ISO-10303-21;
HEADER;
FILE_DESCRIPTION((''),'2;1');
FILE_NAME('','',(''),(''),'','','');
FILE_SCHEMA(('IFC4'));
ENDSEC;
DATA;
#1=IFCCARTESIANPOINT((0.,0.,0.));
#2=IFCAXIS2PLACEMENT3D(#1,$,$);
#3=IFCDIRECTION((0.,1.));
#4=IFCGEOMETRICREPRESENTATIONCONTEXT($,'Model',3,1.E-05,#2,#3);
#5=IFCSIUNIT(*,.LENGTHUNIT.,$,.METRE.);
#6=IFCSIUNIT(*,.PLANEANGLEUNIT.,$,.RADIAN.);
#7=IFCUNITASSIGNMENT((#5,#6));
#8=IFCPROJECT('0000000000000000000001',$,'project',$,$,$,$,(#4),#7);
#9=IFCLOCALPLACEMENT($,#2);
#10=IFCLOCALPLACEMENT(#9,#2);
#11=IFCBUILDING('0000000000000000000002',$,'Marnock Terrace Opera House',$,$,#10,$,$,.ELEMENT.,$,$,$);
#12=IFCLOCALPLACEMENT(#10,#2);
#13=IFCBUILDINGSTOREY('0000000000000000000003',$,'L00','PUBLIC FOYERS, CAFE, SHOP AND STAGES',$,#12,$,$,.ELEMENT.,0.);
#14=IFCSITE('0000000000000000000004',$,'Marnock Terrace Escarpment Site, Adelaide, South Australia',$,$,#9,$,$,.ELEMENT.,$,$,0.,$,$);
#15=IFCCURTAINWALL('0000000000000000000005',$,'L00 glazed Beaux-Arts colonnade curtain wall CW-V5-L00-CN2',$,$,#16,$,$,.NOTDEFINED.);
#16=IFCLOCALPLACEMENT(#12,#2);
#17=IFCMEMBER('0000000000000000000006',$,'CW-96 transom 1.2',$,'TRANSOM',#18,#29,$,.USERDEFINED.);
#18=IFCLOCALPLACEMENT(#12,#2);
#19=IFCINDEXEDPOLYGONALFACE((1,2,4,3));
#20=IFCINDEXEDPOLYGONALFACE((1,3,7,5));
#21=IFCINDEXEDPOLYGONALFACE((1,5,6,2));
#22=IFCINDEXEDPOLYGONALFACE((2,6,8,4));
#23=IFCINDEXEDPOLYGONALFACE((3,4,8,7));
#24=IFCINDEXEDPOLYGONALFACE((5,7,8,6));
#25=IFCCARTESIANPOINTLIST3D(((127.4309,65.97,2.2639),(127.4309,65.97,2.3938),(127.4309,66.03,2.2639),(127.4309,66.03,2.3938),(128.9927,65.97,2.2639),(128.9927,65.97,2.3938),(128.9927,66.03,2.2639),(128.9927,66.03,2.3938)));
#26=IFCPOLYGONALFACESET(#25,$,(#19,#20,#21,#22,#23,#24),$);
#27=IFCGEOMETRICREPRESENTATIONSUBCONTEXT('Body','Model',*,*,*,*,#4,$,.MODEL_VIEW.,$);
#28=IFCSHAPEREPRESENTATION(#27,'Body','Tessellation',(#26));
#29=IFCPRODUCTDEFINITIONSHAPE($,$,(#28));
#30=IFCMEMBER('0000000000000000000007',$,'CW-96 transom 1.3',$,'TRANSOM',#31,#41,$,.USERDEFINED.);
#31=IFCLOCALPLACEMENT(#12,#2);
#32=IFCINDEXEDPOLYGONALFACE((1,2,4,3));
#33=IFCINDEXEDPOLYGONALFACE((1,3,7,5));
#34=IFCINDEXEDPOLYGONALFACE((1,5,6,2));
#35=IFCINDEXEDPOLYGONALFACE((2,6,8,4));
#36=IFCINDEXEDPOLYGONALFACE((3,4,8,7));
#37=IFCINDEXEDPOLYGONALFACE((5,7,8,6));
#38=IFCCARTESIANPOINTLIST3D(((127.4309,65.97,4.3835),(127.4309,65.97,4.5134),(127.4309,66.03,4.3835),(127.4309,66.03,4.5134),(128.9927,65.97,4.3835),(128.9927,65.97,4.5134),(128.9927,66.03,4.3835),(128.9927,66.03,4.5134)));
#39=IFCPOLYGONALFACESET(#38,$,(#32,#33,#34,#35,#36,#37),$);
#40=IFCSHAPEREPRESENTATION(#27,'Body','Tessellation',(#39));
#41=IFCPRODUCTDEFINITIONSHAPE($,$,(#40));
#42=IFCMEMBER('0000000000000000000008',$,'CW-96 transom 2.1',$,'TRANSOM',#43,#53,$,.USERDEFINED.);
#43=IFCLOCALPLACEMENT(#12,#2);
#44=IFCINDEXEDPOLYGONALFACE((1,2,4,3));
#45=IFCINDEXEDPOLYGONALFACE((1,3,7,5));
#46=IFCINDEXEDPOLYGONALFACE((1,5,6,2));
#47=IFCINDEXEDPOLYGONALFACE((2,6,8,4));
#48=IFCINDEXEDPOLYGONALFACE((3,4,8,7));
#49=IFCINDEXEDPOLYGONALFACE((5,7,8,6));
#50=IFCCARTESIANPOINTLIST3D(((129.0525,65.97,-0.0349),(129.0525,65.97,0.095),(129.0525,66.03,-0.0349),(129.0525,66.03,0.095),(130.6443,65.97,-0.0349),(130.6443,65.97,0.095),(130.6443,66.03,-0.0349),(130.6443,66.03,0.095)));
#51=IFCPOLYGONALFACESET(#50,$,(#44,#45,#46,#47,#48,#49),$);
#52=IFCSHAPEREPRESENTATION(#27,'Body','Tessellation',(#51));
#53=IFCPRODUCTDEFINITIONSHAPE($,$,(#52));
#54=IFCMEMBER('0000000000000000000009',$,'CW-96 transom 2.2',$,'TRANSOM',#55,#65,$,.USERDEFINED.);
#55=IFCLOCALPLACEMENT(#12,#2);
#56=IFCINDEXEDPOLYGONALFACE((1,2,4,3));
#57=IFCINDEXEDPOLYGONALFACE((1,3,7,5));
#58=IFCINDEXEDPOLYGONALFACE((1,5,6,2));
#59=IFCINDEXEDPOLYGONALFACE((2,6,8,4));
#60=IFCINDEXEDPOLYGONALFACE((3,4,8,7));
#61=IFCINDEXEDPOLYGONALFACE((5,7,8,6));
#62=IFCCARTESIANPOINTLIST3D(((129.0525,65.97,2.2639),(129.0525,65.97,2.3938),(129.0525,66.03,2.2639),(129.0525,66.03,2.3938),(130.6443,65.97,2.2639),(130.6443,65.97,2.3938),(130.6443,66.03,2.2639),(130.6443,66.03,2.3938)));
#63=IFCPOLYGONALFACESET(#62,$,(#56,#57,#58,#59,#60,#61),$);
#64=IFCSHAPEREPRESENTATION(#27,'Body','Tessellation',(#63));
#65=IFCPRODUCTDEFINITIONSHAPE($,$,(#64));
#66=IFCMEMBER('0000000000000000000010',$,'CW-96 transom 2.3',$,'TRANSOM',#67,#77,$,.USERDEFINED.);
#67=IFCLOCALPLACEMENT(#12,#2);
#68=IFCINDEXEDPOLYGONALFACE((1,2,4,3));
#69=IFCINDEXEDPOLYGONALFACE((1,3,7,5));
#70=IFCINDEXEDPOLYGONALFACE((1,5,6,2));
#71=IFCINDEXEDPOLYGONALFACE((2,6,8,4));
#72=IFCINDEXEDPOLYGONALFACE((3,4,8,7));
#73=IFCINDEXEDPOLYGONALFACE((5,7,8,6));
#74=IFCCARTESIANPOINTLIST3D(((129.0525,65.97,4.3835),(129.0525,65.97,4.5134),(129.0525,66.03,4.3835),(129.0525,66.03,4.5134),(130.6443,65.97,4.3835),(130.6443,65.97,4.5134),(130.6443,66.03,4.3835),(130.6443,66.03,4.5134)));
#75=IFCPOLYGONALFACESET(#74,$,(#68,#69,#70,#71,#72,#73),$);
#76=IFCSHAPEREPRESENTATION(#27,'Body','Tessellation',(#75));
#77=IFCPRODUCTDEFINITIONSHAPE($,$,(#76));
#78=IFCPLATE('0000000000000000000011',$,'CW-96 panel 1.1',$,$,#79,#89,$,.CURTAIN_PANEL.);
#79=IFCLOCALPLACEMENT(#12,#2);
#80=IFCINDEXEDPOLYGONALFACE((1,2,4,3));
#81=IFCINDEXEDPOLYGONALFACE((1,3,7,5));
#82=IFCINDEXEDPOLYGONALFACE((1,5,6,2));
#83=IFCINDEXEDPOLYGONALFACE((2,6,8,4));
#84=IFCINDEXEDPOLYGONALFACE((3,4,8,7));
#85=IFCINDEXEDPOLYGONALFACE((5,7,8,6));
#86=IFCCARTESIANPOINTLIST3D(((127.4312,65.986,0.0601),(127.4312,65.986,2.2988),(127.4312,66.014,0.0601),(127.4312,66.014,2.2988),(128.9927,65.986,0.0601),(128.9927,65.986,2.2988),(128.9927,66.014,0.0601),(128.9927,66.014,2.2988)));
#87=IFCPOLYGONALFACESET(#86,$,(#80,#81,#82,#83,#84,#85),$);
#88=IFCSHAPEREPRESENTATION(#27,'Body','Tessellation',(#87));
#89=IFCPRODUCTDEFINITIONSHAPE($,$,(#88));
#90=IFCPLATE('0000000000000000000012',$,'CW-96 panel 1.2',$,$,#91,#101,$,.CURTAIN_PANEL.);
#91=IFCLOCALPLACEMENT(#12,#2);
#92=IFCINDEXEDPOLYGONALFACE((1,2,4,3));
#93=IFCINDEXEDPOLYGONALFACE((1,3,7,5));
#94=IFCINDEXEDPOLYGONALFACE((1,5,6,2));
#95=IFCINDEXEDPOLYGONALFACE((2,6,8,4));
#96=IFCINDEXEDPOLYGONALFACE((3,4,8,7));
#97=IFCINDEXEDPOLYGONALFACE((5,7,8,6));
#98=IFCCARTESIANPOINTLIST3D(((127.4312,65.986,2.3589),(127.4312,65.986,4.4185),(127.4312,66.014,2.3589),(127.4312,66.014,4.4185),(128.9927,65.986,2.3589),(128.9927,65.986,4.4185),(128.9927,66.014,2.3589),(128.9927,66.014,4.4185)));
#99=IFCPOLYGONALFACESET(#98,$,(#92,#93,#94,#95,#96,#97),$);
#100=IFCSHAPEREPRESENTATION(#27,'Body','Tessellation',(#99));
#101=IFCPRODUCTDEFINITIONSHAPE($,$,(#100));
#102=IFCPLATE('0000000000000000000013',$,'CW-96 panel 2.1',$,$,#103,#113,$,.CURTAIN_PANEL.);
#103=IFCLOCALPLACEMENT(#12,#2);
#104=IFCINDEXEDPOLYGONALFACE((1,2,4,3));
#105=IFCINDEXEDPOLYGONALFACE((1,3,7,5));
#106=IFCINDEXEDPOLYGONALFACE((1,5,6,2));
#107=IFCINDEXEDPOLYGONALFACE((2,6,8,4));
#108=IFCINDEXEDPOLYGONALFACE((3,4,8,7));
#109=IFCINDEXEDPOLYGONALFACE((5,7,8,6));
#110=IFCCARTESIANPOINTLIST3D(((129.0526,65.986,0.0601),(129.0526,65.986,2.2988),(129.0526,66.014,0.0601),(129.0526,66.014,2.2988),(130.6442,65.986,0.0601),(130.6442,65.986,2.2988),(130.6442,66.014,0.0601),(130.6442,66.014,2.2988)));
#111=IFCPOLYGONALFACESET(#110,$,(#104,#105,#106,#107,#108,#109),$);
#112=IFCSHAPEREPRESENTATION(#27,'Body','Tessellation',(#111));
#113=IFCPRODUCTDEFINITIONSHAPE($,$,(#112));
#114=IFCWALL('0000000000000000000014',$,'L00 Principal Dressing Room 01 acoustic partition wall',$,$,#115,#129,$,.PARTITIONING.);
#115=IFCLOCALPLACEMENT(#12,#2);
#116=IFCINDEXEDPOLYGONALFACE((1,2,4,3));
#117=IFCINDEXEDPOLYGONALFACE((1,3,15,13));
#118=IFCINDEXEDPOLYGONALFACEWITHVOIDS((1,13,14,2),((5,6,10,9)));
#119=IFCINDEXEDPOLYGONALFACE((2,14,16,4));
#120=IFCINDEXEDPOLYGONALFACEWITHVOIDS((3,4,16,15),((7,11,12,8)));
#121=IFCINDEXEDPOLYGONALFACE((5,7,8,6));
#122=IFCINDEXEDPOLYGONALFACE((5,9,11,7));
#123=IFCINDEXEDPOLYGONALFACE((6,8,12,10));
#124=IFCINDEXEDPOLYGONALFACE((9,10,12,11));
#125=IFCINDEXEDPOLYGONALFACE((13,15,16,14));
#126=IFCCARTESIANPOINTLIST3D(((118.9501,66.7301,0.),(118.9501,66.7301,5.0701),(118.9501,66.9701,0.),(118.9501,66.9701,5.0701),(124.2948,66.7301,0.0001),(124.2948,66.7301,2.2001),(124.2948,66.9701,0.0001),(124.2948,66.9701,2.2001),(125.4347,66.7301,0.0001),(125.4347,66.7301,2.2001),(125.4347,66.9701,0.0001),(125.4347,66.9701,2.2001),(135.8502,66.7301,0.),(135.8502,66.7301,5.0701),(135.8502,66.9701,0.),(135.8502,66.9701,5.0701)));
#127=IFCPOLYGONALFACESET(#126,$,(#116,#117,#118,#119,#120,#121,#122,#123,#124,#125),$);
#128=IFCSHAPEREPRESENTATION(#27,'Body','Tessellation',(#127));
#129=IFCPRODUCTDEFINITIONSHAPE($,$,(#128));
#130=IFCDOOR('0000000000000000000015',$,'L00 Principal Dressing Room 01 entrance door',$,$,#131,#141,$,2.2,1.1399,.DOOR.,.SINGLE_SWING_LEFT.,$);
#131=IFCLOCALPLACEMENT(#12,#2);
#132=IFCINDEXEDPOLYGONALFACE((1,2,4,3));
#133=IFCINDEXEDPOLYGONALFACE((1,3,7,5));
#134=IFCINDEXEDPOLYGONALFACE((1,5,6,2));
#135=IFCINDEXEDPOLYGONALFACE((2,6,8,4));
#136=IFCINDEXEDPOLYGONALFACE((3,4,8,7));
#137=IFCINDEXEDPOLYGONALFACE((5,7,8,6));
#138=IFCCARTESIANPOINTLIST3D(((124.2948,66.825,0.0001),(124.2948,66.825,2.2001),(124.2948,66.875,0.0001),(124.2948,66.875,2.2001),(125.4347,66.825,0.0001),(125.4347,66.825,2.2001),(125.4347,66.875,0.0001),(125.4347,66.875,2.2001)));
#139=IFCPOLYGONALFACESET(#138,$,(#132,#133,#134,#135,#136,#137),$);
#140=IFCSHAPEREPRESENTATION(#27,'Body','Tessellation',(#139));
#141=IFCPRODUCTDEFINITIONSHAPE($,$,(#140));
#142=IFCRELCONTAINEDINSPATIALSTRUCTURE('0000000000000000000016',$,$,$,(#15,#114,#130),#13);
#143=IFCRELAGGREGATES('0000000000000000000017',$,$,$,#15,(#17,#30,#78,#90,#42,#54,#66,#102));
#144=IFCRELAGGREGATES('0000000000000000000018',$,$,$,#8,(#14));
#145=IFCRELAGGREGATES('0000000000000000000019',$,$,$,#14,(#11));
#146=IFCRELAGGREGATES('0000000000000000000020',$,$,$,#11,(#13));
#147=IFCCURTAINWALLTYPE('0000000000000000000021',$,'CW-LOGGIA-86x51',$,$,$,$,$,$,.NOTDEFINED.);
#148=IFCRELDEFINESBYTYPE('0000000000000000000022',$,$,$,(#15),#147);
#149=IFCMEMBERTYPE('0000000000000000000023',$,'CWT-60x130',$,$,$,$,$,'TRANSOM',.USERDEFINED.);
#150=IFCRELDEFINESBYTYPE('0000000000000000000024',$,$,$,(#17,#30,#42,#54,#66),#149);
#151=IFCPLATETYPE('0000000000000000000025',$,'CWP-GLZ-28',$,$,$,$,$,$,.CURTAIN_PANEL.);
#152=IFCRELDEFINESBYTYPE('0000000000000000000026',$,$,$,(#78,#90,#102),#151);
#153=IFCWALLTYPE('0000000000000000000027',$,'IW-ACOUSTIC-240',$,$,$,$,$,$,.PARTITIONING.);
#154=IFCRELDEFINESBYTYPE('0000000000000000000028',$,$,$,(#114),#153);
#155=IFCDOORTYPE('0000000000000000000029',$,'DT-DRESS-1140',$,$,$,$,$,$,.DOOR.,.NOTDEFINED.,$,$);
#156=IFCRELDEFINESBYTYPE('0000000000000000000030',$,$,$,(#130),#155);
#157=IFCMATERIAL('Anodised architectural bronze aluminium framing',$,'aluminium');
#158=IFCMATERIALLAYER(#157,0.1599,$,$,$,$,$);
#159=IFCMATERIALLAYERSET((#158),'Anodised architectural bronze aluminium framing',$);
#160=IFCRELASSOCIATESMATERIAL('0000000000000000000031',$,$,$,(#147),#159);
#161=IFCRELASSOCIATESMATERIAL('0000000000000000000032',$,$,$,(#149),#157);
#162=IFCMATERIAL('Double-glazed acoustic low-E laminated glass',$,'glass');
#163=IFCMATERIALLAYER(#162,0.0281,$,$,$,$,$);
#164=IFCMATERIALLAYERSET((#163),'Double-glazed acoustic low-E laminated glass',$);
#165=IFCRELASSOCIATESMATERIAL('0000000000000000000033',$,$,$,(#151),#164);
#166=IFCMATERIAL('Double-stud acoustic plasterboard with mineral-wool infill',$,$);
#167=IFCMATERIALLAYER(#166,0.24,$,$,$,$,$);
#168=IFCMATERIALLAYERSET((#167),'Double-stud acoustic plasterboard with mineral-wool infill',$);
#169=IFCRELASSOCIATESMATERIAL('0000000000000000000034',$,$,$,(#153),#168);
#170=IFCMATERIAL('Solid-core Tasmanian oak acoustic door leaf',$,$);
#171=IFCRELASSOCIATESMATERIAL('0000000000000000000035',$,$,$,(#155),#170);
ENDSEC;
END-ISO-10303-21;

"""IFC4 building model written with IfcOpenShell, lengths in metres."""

from ifc_helpers import new_model, si_unit, direction, frame, frame_2d, origin, origin_2d, place, context, subcontext, project, spatial, rectangle, extrude, material, layer, layer_set, material_profile, profile_set, type_object, element, fill, aggregate, save


model = new_model("IFC4")

# Units and contexts
model_context = context("Model", 3, precision=1e-05, world=origin(), true_north=direction((0.0, 1.0)))
body_context = subcontext(model_context, "Body", "Model", "MODEL_VIEW")
ifc_project = project(units=[si_unit("LENGTHUNIT", "METRE"), si_unit("PLANEANGLEUNIT", "RADIAN")], contexts=[model_context])

# Site, building, storey
site_placement = place(None, origin())
site = spatial("IfcSite", under=ifc_project, at=site_placement, Name="Marnock Terrace Escarpment Site, Adelaide, South Australia", CompositionType="ELEMENT", RefElevation=0.0)
building_placement = place(site_placement, origin())
building = spatial("IfcBuilding", under=site, at=building_placement, Name="Marnock Terrace Opera House", CompositionType="ELEMENT")
storey_placement = place(building_placement, origin())
storey = spatial("IfcBuildingStorey", under=building, at=storey_placement, Name="L00", Description="PUBLIC FOYERS, CAFE, SHOP AND STAGES", CompositionType="ELEMENT", Elevation=0.0)

# Shared definitions
ifc_material_1 = material(Name="Anodised architectural bronze aluminium framing", Category="aluminium")
ifc_layer_1 = layer(ifc_material_1, 0.1599)
ifc_layer_set_1 = layer_set([ifc_layer_1], Name="Anodised architectural bronze aluminium framing")
curtain_wall_type = type_object("IfcCurtainWallType", Name="CW-LOGGIA-86x51", PredefinedType="NOTDEFINED", material=ifc_layer_set_1)

# Curtain wall, members, plates
curtain_wall_1_placement = place(storey_placement, origin())
curtain_wall_1 = element("IfcCurtainWall", 1, at=curtain_wall_1_placement, inside=storey, type_object=curtain_wall_type, Name="L00 glazed Beaux-Arts colonnade curtain wall CW-V5-L00-CN2", PredefinedType="NOTDEFINED")
ifc_material_profile_1 = material_profile(ifc_material_1, rectangle(XDim=0.0601, YDim=0.1299, at=origin_2d()))
ifc_profile_set_1 = profile_set([ifc_material_profile_1], Name="Anodised architectural bronze aluminium framing")
member_type_1 = type_object("IfcMemberType", Name="CWT-60x130", ElementType="TRANSOM", PredefinedType="USERDEFINED", material=ifc_profile_set_1)
member_1_placement = place(storey_placement, frame((127.4309, 66.0, 2.3289), z_axis=(1.0, 0.0, 0.0), x_axis=(0.0, 1.0, 0.0)))
member_1 = element("IfcMember", 2, at=member_1_placement, type_object=member_type_1, Name="CW-96 transom 1.2", ObjectType="TRANSOM", PredefinedType="USERDEFINED", context=body_context, shape_type="SweptSolid", body=[
    extrude(rectangle(XDim=0.0601, YDim=0.1299, at=origin_2d()), origin(), (0.0, 0.0, 1.0), 1.5618),
])
member_2_placement = place(storey_placement, frame((127.4309, 66.0, 4.4485), z_axis=(1.0, 0.0, 0.0), x_axis=(0.0, 1.0, 0.0)))
member_2 = element("IfcMember", 3, at=member_2_placement, type_object=member_type_1, Name="CW-96 transom 1.3", ObjectType="TRANSOM", PredefinedType="USERDEFINED", context=body_context, shape_type="SweptSolid", body=[
    extrude(rectangle(XDim=0.0601, YDim=0.1299, at=origin_2d()), origin(), (0.0, 0.0, 1.0), 1.5618),
])
member_3_placement = place(storey_placement, frame((129.0525, 66.0, 0.03), z_axis=(1.0, 0.0, 0.0), x_axis=(0.0, 1.0, 0.0)))
member_3 = element("IfcMember", 4, at=member_3_placement, type_object=member_type_1, Name="CW-96 transom 2.1", ObjectType="TRANSOM", PredefinedType="USERDEFINED", context=body_context, shape_type="SweptSolid", body=[
    extrude(rectangle(XDim=0.0601, YDim=0.1299, at=origin_2d()), origin(), (0.0, 0.0, 1.0), 1.5918),
])
member_4_placement = place(storey_placement, frame((129.0525, 66.0, 2.3289), z_axis=(1.0, 0.0, 0.0), x_axis=(0.0, 1.0, 0.0)))
member_4 = element("IfcMember", 5, at=member_4_placement, type_object=member_type_1, Name="CW-96 transom 2.2", ObjectType="TRANSOM", PredefinedType="USERDEFINED", context=body_context, shape_type="SweptSolid", body=[
    extrude(rectangle(XDim=0.0601, YDim=0.1299, at=origin_2d()), origin(), (0.0, 0.0, 1.0), 1.5918),
])
member_5_placement = place(storey_placement, frame((129.0525, 66.0, 4.4485), z_axis=(1.0, 0.0, 0.0), x_axis=(0.0, 1.0, 0.0)))
member_5 = element("IfcMember", 6, at=member_5_placement, type_object=member_type_1, Name="CW-96 transom 2.3", ObjectType="TRANSOM", PredefinedType="USERDEFINED", context=body_context, shape_type="SweptSolid", body=[
    extrude(rectangle(XDim=0.0601, YDim=0.1299, at=origin_2d()), origin(), (0.0, 0.0, 1.0), 1.5918),
])
ifc_material_2 = material(Name="Double-glazed acoustic low-E laminated glass", Category="glass")
ifc_layer_2 = layer(ifc_material_2, 0.0281)
ifc_layer_set_2 = layer_set([ifc_layer_2], Name="Double-glazed acoustic low-E laminated glass")
plate_type = type_object("IfcPlateType", Name="CWP-GLZ-28", PredefinedType="CURTAIN_PANEL", material=ifc_layer_set_2)
plate_1_placement = place(storey_placement, frame((128.2119, 66.0, 0.0601), z_axis=(0.0, 0.0, 1.0), x_axis=(1.0, 0.0, 0.0)))
plate_1 = element("IfcPlate", 7, at=plate_1_placement, type_object=plate_type, Name="CW-96 panel 1.1", PredefinedType="CURTAIN_PANEL", context=body_context, shape_type="SweptSolid", body=[
    extrude(rectangle(XDim=1.5615, YDim=0.0281, at=origin_2d()), origin(), (0.0, 0.0, 1.0), 2.2388),
])
plate_2_placement = place(storey_placement, frame((128.2119, 66.0, 2.3589), z_axis=(0.0, 0.0, 1.0), x_axis=(1.0, 0.0, 0.0)))
plate_2 = element("IfcPlate", 8, at=plate_2_placement, type_object=plate_type, Name="CW-96 panel 1.2", PredefinedType="CURTAIN_PANEL", context=body_context, shape_type="SweptSolid", body=[
    extrude(rectangle(XDim=1.5615, YDim=0.0281, at=origin_2d()), origin(), (0.0, 0.0, 1.0), 2.0596),
])
plate_3_placement = place(storey_placement, frame((129.8484, 66.0, 0.0601), z_axis=(0.0, 0.0, 1.0), x_axis=(1.0, 0.0, 0.0)))
plate_3 = element("IfcPlate", 9, at=plate_3_placement, type_object=plate_type, Name="CW-96 panel 2.1", PredefinedType="CURTAIN_PANEL", context=body_context, shape_type="SweptSolid", body=[
    extrude(rectangle(XDim=1.5916, YDim=0.0281, at=origin_2d()), origin(), (0.0, 0.0, 1.0), 2.2388),
])
aggregate(curtain_wall_1, [member_1, member_2, plate_1, plate_2, member_3, member_4, member_5, plate_3])

# Wall, opening, door
ifc_material_3 = material(Name="Double-stud acoustic plasterboard with mineral-wool infill")
ifc_layer_3 = layer(ifc_material_3, 0.24)
ifc_layer_set_3 = layer_set([ifc_layer_3], Name="Double-stud acoustic plasterboard with mineral-wool infill")
wall_type = type_object("IfcWallType", Name="IW-ACOUSTIC-240", PredefinedType="PARTITIONING", material=ifc_layer_set_3)
wall_placement = place(storey_placement, frame((118.95, 66.8501, 0.0), z_axis=(0.0, 0.0, 1.0), x_axis=(1.0, 0.0, 0.0)))
wall = element("IfcWall", 10, at=wall_placement, inside=storey, type_object=wall_type, Name="L00 Principal Dressing Room 01 acoustic partition wall", PredefinedType="PARTITIONING", context=body_context, shape_type="SweptSolid", body=[
    extrude(rectangle(XDim=16.9001, YDim=0.24, at=frame_2d((8.4502, 0.0))), origin(), (0.0, 0.0, 1.0), 5.0701),
])
opening_placement = place(wall_placement, frame((5.345, 0.0, 0.0)))
opening = element("IfcOpeningElement", 11, at=opening_placement, cuts=wall, PredefinedType="OPENING", context=body_context, shape_type="SweptSolid", body=[
    extrude(rectangle(XDim=1.1399, YDim=2.2, at=frame_2d((0.5698, 1.1001))), frame((0.0, 0.1299, 0.0), z_axis=(0.0, -1.0, 0.0), x_axis=(1.0, 0.0, 0.0)), (0.0, 0.0, 1.0), 0.26),
])
ifc_material_4 = material(Name="Solid-core Tasmanian oak acoustic door leaf")
door_type = type_object("IfcDoorType", Name="DT-DRESS-1140", OperationType="NOTDEFINED", PredefinedType="DOOR", material=ifc_material_4)
door_placement = place(opening_placement, origin())
door = element("IfcDoor", 12, at=door_placement, inside=storey, type_object=door_type, Name="L00 Principal Dressing Room 01 entrance door", OperationType="SINGLE_SWING_LEFT", OverallHeight=2.2, OverallWidth=1.1399, PredefinedType="DOOR", context=body_context, shape_type="SweptSolid", body=[
    extrude(rectangle(XDim=1.1399, YDim=2.2, at=frame_2d((0.5698, 1.1001))), frame((0.0, 0.0249, 0.0), z_axis=(0.0, -1.0, 0.0), x_axis=(1.0, 0.0, 0.0)), (0.0, 0.0, 1.0), 0.05),
])
fill(opening, door)

save(model, "model.ifc")
